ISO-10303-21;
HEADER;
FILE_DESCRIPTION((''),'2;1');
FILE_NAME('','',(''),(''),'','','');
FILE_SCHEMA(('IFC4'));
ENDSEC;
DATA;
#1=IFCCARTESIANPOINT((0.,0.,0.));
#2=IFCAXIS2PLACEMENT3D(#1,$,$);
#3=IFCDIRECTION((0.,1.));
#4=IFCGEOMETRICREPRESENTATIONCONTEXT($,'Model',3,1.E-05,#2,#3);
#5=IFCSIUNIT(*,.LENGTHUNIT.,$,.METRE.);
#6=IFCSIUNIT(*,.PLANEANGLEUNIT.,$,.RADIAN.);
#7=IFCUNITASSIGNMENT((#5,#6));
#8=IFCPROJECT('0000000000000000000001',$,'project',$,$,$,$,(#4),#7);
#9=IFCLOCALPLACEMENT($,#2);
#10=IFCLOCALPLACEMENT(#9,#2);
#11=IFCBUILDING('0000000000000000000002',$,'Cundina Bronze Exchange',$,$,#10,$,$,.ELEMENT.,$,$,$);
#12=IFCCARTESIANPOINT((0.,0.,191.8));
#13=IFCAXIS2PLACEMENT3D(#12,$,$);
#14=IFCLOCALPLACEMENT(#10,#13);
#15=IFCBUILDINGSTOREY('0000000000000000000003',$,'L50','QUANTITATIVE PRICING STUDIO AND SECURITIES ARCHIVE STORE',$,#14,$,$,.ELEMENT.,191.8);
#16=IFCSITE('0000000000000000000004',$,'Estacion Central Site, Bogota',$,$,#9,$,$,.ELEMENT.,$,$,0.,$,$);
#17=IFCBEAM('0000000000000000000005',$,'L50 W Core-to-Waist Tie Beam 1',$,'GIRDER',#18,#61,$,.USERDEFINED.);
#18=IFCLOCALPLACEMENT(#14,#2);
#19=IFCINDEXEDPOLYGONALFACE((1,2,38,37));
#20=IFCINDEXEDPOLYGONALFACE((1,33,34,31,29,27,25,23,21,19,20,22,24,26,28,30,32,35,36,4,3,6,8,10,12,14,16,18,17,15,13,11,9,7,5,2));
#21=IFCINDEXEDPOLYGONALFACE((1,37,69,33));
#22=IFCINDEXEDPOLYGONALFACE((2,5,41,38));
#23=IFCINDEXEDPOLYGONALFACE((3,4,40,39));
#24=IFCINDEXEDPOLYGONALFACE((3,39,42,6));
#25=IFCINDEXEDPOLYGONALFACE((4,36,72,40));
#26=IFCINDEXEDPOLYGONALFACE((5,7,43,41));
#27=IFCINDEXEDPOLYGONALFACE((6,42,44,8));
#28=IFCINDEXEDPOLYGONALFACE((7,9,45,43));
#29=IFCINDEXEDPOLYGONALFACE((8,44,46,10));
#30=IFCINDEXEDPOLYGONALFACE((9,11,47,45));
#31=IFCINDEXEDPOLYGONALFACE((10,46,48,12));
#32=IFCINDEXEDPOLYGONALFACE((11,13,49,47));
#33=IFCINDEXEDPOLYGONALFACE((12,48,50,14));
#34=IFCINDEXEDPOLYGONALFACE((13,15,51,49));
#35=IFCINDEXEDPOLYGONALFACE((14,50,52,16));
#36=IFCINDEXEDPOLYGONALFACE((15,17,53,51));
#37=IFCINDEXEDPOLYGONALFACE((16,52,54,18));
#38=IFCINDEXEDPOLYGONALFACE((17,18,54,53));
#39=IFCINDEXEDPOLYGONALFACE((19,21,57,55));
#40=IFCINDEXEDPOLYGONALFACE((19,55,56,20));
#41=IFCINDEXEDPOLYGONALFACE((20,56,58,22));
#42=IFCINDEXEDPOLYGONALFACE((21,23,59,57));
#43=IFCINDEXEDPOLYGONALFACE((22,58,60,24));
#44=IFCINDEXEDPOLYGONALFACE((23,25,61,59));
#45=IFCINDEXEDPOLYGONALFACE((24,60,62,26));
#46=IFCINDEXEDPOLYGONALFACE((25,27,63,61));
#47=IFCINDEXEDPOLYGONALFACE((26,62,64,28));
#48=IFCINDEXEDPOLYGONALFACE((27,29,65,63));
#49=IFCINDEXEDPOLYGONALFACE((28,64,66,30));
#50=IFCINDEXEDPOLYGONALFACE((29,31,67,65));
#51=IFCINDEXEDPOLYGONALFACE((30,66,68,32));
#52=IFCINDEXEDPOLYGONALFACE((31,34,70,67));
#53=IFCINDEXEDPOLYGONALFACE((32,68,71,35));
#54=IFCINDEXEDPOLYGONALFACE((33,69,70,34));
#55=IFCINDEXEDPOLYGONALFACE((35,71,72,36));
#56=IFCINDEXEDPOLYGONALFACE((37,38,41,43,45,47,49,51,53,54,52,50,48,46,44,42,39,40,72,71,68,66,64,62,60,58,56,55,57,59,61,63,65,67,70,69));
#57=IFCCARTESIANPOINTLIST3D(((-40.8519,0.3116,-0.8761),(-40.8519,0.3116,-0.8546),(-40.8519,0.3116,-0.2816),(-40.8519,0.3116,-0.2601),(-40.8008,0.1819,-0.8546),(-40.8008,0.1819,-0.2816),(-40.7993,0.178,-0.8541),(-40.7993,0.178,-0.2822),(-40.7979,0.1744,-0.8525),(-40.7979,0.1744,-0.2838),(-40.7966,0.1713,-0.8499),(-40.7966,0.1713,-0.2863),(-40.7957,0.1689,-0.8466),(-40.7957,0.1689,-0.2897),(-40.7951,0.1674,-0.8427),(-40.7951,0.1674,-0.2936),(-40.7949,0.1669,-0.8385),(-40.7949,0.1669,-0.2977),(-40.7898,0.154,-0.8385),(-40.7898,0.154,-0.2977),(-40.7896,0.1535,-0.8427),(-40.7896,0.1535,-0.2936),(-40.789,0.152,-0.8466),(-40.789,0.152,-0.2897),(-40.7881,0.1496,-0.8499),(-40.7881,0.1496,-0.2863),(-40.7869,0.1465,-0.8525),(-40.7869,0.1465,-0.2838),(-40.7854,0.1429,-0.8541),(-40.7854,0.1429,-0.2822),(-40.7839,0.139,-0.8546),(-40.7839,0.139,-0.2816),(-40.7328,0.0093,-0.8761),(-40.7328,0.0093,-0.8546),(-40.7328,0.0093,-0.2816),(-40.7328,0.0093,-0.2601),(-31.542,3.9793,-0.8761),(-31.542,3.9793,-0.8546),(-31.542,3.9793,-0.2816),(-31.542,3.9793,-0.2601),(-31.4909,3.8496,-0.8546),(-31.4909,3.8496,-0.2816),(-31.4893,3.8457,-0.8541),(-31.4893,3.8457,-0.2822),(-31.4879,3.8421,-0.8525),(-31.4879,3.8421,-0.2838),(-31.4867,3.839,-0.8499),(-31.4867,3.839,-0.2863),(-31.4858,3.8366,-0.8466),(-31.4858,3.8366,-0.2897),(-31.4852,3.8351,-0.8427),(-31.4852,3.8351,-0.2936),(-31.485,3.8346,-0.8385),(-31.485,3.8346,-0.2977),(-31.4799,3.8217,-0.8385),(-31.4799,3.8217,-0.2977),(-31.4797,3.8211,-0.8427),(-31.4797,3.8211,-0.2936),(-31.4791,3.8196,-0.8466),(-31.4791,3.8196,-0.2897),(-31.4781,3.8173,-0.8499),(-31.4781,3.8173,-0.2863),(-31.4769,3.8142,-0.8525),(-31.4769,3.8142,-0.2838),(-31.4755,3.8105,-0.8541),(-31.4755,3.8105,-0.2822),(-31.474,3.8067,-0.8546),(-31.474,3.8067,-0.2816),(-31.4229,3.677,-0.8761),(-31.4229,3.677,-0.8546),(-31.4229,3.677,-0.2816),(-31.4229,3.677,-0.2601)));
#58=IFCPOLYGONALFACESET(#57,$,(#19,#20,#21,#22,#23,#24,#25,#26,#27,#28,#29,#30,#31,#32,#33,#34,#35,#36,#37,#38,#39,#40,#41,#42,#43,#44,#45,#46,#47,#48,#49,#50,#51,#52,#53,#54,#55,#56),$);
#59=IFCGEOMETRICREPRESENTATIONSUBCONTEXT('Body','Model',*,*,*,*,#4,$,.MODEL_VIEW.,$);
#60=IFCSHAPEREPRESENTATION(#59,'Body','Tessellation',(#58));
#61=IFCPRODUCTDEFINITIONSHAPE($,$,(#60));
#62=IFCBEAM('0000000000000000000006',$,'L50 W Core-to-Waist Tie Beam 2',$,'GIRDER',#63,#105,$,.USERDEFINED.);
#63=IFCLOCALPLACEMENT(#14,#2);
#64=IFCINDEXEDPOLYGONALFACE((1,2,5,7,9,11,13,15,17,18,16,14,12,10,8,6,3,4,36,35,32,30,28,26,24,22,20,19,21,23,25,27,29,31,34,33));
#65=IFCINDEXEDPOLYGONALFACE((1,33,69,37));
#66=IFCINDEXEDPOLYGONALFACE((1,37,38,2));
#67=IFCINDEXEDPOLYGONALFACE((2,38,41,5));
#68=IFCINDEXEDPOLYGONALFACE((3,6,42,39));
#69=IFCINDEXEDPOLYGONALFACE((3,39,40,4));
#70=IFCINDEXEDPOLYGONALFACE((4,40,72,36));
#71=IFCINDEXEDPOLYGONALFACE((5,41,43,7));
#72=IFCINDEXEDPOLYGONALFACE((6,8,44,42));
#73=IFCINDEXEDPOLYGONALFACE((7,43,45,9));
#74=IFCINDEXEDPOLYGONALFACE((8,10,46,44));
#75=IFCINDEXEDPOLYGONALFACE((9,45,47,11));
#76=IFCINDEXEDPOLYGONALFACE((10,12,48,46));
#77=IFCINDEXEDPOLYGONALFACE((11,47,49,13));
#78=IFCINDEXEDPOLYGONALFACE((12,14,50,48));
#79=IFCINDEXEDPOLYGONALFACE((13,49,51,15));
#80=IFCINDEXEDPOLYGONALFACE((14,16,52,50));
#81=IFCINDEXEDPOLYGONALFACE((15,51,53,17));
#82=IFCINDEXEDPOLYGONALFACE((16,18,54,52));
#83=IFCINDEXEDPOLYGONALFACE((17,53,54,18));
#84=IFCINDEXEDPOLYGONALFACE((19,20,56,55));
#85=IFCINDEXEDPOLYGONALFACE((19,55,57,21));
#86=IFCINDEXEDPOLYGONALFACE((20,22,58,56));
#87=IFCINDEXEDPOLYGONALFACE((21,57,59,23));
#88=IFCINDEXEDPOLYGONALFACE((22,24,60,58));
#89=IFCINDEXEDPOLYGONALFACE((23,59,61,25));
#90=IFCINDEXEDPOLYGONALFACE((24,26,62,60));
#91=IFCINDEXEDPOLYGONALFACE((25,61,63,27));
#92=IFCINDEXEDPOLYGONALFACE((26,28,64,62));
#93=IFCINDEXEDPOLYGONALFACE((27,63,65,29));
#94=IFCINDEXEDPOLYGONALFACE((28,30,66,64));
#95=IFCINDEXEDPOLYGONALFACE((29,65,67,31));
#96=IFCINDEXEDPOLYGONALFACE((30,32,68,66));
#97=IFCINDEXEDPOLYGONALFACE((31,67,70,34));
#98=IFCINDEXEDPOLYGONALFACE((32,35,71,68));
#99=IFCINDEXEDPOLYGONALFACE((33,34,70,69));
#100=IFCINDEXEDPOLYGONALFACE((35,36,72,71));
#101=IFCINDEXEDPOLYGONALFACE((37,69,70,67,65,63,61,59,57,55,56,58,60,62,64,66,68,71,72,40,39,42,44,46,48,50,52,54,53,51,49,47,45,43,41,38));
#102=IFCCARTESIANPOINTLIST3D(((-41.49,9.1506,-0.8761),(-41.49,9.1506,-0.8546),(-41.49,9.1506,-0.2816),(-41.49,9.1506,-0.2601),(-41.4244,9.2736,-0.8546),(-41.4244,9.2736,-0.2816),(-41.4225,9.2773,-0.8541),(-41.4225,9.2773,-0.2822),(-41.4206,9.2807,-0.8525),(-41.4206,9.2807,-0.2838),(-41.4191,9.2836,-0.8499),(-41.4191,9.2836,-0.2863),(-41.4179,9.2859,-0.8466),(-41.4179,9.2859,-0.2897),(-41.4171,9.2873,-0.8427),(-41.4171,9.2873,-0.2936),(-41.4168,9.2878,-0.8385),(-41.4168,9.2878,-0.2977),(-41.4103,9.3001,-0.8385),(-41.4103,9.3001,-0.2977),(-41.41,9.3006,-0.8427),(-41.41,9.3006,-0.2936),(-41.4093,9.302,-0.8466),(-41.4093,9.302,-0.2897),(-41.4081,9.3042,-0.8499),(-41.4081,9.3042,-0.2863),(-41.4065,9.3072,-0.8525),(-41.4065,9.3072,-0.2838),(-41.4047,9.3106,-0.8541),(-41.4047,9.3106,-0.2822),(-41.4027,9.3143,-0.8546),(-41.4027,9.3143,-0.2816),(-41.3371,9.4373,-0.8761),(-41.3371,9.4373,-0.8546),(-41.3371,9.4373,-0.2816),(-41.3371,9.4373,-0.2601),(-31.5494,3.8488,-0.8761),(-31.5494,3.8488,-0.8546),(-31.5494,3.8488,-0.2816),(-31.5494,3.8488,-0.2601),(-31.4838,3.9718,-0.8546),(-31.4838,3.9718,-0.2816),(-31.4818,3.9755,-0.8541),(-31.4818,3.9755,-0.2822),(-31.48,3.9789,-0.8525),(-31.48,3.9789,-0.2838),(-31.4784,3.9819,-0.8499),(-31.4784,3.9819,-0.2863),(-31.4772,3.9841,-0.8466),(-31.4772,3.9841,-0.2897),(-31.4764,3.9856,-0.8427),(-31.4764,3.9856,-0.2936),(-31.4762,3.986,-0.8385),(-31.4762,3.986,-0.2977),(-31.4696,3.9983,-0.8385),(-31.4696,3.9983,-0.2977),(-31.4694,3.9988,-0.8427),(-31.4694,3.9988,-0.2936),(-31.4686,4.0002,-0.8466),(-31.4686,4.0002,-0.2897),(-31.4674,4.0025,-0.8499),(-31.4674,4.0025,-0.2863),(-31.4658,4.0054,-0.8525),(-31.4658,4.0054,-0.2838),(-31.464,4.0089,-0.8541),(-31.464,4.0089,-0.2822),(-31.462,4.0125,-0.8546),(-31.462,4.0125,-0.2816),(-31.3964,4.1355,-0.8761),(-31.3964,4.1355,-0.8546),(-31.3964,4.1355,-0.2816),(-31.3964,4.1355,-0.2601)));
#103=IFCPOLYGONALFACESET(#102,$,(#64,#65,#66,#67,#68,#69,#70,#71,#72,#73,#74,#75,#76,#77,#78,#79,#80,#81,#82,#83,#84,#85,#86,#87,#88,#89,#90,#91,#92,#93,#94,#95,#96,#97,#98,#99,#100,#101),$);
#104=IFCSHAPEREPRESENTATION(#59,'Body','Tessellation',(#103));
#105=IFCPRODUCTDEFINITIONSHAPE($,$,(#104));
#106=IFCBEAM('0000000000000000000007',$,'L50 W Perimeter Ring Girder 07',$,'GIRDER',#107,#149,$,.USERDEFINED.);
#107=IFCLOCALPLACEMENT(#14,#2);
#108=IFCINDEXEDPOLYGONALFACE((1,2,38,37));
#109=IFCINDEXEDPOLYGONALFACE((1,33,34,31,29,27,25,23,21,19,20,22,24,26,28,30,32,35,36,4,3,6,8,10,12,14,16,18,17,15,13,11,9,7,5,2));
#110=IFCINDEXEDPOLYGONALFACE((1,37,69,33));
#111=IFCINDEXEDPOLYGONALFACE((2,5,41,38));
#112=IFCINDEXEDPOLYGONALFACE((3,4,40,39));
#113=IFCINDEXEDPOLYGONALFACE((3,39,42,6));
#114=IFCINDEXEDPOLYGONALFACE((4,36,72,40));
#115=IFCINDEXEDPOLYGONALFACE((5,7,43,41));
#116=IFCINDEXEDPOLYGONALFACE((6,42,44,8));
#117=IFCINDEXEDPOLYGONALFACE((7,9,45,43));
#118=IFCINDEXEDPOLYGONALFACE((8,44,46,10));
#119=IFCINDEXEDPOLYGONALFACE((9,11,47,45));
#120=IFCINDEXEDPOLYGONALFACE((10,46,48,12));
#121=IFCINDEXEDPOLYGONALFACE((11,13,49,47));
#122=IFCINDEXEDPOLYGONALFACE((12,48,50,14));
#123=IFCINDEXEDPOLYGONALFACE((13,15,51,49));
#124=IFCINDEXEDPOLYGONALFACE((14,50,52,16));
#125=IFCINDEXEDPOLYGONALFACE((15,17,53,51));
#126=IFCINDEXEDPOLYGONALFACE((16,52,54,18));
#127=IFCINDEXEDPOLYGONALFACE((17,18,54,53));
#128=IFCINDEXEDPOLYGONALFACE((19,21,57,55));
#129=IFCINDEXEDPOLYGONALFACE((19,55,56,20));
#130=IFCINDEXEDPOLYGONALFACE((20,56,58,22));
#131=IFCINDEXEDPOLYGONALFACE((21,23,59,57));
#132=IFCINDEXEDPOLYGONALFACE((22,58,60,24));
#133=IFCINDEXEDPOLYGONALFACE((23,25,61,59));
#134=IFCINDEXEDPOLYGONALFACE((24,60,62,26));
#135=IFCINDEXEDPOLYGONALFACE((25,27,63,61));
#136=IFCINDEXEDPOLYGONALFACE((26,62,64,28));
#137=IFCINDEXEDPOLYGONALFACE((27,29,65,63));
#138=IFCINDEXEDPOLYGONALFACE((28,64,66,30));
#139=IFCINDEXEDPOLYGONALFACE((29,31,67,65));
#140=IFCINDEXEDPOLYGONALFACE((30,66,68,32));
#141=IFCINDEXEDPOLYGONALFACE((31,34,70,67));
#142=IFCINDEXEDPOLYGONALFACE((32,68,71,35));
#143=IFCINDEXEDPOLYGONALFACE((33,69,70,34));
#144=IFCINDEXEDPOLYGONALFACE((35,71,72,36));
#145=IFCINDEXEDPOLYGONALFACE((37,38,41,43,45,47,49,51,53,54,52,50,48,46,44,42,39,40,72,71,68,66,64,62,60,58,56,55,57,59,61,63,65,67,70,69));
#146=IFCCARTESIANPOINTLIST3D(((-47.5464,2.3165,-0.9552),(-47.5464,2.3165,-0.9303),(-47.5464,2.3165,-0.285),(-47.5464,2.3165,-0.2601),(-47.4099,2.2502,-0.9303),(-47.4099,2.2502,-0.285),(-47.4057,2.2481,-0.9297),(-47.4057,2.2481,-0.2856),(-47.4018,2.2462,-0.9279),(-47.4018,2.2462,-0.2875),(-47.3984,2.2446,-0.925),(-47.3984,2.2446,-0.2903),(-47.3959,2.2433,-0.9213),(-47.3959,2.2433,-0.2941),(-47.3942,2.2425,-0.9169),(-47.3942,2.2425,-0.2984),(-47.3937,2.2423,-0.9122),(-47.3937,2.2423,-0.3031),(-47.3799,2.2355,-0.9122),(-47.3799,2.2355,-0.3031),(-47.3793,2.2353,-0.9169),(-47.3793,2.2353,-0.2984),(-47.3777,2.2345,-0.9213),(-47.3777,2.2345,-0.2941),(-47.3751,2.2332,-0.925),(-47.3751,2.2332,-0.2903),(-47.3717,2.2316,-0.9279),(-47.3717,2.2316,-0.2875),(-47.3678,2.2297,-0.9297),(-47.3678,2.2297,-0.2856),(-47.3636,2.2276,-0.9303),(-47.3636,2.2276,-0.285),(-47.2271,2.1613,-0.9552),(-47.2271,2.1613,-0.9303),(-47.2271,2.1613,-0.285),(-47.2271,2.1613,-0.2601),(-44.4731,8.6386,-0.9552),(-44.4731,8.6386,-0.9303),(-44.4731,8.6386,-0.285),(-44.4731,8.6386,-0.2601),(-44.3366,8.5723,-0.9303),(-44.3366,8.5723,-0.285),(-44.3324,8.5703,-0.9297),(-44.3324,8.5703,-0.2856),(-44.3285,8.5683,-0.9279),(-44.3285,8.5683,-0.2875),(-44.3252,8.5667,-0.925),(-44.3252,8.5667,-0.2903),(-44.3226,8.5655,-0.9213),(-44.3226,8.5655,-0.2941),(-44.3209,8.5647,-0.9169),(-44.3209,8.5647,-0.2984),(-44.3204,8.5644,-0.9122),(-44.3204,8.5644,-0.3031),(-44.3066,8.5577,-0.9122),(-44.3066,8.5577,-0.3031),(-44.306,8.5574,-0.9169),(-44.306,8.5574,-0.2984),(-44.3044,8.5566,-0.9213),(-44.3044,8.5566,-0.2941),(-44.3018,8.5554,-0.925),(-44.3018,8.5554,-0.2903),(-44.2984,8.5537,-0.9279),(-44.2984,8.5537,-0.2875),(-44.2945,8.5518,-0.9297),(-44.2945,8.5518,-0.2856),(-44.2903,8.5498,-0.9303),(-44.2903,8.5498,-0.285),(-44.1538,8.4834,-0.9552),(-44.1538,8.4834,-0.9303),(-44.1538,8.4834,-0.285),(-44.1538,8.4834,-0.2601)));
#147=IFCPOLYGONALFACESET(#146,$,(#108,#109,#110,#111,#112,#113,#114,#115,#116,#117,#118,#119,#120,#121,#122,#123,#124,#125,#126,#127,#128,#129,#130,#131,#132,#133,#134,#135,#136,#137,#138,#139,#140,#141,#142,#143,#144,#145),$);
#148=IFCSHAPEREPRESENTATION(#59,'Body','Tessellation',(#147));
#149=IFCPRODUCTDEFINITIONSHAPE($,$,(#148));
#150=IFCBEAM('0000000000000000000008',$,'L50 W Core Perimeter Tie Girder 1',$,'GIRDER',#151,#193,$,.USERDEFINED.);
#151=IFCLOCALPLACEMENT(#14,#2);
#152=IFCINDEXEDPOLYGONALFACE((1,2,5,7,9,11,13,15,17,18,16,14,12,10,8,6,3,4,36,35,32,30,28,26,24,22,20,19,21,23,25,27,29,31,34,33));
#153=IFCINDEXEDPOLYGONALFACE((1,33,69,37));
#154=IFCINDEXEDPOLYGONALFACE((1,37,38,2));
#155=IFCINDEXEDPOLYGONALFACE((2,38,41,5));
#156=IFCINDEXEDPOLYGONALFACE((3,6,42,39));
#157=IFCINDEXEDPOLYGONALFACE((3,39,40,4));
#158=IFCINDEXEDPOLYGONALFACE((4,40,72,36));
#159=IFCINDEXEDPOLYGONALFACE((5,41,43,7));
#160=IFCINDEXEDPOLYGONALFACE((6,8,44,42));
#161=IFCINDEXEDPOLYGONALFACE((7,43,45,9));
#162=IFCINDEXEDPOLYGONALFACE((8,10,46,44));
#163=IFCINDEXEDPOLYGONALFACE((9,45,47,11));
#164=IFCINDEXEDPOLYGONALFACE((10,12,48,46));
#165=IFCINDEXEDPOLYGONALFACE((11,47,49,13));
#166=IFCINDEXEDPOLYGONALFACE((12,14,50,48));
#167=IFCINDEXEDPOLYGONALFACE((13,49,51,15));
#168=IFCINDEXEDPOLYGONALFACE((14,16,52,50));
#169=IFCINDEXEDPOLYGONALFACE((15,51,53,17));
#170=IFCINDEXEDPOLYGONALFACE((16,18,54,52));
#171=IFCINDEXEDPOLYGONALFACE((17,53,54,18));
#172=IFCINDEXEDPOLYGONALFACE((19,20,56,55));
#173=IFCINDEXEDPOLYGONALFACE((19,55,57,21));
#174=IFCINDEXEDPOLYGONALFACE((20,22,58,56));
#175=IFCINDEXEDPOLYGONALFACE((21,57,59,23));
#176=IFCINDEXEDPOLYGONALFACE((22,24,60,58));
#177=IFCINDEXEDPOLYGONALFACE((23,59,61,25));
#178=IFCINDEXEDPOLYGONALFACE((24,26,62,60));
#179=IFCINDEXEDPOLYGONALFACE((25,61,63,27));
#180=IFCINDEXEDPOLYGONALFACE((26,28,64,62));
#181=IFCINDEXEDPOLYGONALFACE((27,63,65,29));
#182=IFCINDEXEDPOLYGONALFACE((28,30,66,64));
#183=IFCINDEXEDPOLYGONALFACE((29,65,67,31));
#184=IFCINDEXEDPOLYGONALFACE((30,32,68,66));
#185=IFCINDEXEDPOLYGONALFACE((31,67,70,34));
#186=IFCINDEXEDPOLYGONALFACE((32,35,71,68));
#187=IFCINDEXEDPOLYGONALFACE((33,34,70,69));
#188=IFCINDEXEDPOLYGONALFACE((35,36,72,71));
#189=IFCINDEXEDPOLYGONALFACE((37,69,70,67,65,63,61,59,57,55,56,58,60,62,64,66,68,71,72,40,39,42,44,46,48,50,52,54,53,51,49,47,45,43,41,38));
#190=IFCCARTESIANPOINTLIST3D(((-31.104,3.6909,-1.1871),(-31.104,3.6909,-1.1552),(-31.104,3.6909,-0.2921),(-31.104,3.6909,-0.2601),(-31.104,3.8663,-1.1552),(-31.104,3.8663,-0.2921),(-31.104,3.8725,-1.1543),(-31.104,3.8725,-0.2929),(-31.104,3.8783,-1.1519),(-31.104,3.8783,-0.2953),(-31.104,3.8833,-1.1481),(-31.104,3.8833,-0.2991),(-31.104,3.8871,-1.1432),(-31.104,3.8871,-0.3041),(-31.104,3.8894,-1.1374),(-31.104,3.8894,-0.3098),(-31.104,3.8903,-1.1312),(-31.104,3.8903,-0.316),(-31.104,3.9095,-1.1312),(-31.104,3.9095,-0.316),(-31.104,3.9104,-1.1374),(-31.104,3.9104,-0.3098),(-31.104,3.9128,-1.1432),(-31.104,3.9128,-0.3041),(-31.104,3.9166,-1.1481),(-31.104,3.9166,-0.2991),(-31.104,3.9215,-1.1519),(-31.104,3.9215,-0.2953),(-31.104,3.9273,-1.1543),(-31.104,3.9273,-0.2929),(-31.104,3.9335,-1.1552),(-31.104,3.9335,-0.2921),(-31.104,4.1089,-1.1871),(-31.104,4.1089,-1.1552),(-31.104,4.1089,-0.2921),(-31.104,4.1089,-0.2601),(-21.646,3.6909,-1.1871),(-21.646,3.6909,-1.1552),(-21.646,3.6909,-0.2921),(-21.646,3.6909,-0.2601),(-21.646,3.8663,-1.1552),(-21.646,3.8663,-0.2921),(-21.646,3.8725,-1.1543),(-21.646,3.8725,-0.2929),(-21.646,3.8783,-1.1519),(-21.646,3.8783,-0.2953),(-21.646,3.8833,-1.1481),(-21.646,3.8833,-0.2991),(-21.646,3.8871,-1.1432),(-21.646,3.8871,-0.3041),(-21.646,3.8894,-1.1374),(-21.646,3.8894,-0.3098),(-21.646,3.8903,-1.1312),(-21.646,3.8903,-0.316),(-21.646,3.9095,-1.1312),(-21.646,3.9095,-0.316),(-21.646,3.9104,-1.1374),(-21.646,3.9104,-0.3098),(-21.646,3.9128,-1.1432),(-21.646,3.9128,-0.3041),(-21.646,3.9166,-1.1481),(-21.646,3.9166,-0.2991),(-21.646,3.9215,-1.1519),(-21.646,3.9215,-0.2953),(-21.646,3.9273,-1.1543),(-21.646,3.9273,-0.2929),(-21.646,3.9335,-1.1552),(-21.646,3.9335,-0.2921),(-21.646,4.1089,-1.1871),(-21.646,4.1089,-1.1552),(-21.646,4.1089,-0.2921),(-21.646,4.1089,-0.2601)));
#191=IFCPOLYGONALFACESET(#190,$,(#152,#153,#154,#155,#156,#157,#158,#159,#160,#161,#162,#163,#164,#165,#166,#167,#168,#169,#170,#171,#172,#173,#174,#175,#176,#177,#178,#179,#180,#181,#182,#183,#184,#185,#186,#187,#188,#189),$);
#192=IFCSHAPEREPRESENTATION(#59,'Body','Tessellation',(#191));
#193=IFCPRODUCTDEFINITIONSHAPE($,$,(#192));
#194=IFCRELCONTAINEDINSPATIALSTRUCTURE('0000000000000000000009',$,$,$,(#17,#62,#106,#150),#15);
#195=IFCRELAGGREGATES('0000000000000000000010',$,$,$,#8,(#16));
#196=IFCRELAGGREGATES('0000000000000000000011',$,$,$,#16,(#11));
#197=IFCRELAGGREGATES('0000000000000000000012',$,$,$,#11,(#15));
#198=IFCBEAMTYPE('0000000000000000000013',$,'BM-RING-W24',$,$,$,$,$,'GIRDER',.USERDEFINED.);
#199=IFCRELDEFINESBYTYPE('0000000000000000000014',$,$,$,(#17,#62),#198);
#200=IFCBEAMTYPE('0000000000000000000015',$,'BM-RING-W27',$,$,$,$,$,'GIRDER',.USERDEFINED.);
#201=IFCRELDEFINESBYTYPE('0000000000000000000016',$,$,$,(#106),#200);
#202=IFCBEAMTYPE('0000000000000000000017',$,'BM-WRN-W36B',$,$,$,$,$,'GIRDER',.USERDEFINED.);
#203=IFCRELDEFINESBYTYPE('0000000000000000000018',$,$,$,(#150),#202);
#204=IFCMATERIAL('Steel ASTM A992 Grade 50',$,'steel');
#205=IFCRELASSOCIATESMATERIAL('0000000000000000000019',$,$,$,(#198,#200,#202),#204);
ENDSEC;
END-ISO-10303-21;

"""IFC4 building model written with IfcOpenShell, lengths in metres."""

from ifc_helpers import new_model, si_unit, direction, frame, origin, origin_2d, place, context, subcontext, project, spatial, i_section, extrude, material, material_profile, profile_set, type_object, element, save


model = new_model("IFC4")

# Units and contexts
model_context = context("Model", 3, precision=1e-05, world=origin(), true_north=direction((0.0, 1.0)))
body_context = subcontext(model_context, "Body", "Model", "MODEL_VIEW")
ifc_project = project(units=[si_unit("LENGTHUNIT", "METRE"), si_unit("PLANEANGLEUNIT", "RADIAN")], contexts=[model_context])

# Site, building, storey
site_placement = place(None, origin())
site = spatial("IfcSite", under=ifc_project, at=site_placement, Name="Estacion Central Site, Bogota", CompositionType="ELEMENT", RefElevation=0.0)
building_placement = place(site_placement, origin())
building = spatial("IfcBuilding", under=site, at=building_placement, Name="Cundina Bronze Exchange", CompositionType="ELEMENT")
storey_placement = place(building_placement, frame((0.0, 0.0, 191.8)))
storey = spatial("IfcBuildingStorey", under=building, at=storey_placement, Name="L50", Description="QUANTITATIVE PRICING STUDIO AND SECURITIES ARCHIVE STORE", CompositionType="ELEMENT", Elevation=191.8)

# Shared definitions
ifc_material_1 = material(Name="Steel ASTM A992 Grade 50", Category="steel")

# Beams
ifc_material_profile_1 = material_profile(ifc_material_1, i_section(OverallWidth=0.325, OverallDepth=0.616, WebThickness=0.0139, FlangeThickness=0.0215, FilletRadius=0.0161, at=origin_2d()), Name="W24X117", Category="steel")
ifc_profile_set_1 = profile_set([ifc_material_profile_1], Name="Steel ASTM A992 Grade 50")
beam_type_1 = type_object("IfcBeamType", Name="BM-RING-W24", ElementType="GIRDER", PredefinedType="USERDEFINED", material=ifc_profile_set_1)
beam_1_placement = place(storey_placement, frame((-31.4824, 3.8281, -0.5681), z_axis=(-0.930404, -0.366535, 0.0), x_axis=(0.366535, -0.930404, 0.0)))
element("IfcBeam", 1, at=beam_1_placement, inside=storey, type_object=beam_type_1, Name="L50 W Core-to-Waist Tie Beam 1", ObjectType="GIRDER", PredefinedType="USERDEFINED", context=body_context, shape_type="SweptSolid", body=[
    extrude(i_section(OverallWidth=0.325, OverallDepth=0.616, WebThickness=0.0139, FlangeThickness=0.0215, FilletRadius=0.0161, at=origin_2d()), origin(), (0.0, 0.0, 1.0), 10.0063),
])
beam_2_placement = place(storey_placement, frame((-31.4729, 3.9922, -0.5681), z_axis=(-0.882351, 0.470593, 0.0), x_axis=(-0.470593, -0.882351, 0.0)))
element("IfcBeam", 2, at=beam_2_placement, inside=storey, type_object=beam_type_1, Name="L50 W Core-to-Waist Tie Beam 2", ObjectType="GIRDER", PredefinedType="USERDEFINED", context=body_context, shape_type="SweptSolid", body=[
    extrude(i_section(OverallWidth=0.325, OverallDepth=0.616, WebThickness=0.0139, FlangeThickness=0.0215, FilletRadius=0.0161, at=origin_2d()), origin(), (0.0, 0.0, 1.0), 11.2661),
])
ifc_material_profile_2 = material_profile(ifc_material_1, i_section(OverallWidth=0.355, OverallDepth=0.6951, WebThickness=0.0154, FlangeThickness=0.0249, FilletRadius=0.0181, at=origin_2d()), Name="W27X146", Category="steel")
ifc_profile_set_2 = profile_set([ifc_material_profile_2], Name="Steel ASTM A992 Grade 50")
beam_type_2 = type_object("IfcBeamType", Name="BM-RING-W27", ElementType="GIRDER", PredefinedType="USERDEFINED", material=ifc_profile_set_2)
beam_3_placement = place(storey_placement, frame((-44.3135, 8.561, -0.6077), z_axis=(-0.437197, -0.899366, 0.0), x_axis=(0.899366, -0.437197, 0.0)))
element("IfcBeam", 3, at=beam_3_placement, inside=storey, type_object=beam_type_2, Name="L50 W Perimeter Ring Girder 07", ObjectType="GIRDER", PredefinedType="USERDEFINED", context=body_context, shape_type="SweptSolid", body=[
    extrude(i_section(OverallWidth=0.355, OverallDepth=0.6951, WebThickness=0.0154, FlangeThickness=0.0249, FilletRadius=0.0181, at=origin_2d()), origin(), (0.0, 0.0, 1.0), 7.0295),
])
ifc_material_profile_3 = material_profile(ifc_material_1, i_section(OverallWidth=0.418, OverallDepth=0.927, WebThickness=0.0193, FlangeThickness=0.032, FilletRadius=0.0239, at=origin_2d()), Name="W36X231", Category="steel")
ifc_profile_set_3 = profile_set([ifc_material_profile_3], Name="Steel ASTM A992 Grade 50")
beam_type_3 = type_object("IfcBeamType", Name="BM-WRN-W36B", ElementType="GIRDER", PredefinedType="USERDEFINED", material=ifc_profile_set_3)
beam_4_placement = place(storey_placement, frame((-31.104, 3.8999, -0.7236), z_axis=(1.0, 0.0, 0.0), x_axis=(0.0, 1.0, 0.0)))
element("IfcBeam", 4, at=beam_4_placement, inside=storey, type_object=beam_type_3, Name="L50 W Core Perimeter Tie Girder 1", ObjectType="GIRDER", PredefinedType="USERDEFINED", context=body_context, shape_type="SweptSolid", body=[
    extrude(i_section(OverallWidth=0.418, OverallDepth=0.927, WebThickness=0.0193, FlangeThickness=0.032, FilletRadius=0.0239, at=origin_2d()), origin(), (0.0, 0.0, 1.0), 9.458),
])

save(model, "model.ifc")
